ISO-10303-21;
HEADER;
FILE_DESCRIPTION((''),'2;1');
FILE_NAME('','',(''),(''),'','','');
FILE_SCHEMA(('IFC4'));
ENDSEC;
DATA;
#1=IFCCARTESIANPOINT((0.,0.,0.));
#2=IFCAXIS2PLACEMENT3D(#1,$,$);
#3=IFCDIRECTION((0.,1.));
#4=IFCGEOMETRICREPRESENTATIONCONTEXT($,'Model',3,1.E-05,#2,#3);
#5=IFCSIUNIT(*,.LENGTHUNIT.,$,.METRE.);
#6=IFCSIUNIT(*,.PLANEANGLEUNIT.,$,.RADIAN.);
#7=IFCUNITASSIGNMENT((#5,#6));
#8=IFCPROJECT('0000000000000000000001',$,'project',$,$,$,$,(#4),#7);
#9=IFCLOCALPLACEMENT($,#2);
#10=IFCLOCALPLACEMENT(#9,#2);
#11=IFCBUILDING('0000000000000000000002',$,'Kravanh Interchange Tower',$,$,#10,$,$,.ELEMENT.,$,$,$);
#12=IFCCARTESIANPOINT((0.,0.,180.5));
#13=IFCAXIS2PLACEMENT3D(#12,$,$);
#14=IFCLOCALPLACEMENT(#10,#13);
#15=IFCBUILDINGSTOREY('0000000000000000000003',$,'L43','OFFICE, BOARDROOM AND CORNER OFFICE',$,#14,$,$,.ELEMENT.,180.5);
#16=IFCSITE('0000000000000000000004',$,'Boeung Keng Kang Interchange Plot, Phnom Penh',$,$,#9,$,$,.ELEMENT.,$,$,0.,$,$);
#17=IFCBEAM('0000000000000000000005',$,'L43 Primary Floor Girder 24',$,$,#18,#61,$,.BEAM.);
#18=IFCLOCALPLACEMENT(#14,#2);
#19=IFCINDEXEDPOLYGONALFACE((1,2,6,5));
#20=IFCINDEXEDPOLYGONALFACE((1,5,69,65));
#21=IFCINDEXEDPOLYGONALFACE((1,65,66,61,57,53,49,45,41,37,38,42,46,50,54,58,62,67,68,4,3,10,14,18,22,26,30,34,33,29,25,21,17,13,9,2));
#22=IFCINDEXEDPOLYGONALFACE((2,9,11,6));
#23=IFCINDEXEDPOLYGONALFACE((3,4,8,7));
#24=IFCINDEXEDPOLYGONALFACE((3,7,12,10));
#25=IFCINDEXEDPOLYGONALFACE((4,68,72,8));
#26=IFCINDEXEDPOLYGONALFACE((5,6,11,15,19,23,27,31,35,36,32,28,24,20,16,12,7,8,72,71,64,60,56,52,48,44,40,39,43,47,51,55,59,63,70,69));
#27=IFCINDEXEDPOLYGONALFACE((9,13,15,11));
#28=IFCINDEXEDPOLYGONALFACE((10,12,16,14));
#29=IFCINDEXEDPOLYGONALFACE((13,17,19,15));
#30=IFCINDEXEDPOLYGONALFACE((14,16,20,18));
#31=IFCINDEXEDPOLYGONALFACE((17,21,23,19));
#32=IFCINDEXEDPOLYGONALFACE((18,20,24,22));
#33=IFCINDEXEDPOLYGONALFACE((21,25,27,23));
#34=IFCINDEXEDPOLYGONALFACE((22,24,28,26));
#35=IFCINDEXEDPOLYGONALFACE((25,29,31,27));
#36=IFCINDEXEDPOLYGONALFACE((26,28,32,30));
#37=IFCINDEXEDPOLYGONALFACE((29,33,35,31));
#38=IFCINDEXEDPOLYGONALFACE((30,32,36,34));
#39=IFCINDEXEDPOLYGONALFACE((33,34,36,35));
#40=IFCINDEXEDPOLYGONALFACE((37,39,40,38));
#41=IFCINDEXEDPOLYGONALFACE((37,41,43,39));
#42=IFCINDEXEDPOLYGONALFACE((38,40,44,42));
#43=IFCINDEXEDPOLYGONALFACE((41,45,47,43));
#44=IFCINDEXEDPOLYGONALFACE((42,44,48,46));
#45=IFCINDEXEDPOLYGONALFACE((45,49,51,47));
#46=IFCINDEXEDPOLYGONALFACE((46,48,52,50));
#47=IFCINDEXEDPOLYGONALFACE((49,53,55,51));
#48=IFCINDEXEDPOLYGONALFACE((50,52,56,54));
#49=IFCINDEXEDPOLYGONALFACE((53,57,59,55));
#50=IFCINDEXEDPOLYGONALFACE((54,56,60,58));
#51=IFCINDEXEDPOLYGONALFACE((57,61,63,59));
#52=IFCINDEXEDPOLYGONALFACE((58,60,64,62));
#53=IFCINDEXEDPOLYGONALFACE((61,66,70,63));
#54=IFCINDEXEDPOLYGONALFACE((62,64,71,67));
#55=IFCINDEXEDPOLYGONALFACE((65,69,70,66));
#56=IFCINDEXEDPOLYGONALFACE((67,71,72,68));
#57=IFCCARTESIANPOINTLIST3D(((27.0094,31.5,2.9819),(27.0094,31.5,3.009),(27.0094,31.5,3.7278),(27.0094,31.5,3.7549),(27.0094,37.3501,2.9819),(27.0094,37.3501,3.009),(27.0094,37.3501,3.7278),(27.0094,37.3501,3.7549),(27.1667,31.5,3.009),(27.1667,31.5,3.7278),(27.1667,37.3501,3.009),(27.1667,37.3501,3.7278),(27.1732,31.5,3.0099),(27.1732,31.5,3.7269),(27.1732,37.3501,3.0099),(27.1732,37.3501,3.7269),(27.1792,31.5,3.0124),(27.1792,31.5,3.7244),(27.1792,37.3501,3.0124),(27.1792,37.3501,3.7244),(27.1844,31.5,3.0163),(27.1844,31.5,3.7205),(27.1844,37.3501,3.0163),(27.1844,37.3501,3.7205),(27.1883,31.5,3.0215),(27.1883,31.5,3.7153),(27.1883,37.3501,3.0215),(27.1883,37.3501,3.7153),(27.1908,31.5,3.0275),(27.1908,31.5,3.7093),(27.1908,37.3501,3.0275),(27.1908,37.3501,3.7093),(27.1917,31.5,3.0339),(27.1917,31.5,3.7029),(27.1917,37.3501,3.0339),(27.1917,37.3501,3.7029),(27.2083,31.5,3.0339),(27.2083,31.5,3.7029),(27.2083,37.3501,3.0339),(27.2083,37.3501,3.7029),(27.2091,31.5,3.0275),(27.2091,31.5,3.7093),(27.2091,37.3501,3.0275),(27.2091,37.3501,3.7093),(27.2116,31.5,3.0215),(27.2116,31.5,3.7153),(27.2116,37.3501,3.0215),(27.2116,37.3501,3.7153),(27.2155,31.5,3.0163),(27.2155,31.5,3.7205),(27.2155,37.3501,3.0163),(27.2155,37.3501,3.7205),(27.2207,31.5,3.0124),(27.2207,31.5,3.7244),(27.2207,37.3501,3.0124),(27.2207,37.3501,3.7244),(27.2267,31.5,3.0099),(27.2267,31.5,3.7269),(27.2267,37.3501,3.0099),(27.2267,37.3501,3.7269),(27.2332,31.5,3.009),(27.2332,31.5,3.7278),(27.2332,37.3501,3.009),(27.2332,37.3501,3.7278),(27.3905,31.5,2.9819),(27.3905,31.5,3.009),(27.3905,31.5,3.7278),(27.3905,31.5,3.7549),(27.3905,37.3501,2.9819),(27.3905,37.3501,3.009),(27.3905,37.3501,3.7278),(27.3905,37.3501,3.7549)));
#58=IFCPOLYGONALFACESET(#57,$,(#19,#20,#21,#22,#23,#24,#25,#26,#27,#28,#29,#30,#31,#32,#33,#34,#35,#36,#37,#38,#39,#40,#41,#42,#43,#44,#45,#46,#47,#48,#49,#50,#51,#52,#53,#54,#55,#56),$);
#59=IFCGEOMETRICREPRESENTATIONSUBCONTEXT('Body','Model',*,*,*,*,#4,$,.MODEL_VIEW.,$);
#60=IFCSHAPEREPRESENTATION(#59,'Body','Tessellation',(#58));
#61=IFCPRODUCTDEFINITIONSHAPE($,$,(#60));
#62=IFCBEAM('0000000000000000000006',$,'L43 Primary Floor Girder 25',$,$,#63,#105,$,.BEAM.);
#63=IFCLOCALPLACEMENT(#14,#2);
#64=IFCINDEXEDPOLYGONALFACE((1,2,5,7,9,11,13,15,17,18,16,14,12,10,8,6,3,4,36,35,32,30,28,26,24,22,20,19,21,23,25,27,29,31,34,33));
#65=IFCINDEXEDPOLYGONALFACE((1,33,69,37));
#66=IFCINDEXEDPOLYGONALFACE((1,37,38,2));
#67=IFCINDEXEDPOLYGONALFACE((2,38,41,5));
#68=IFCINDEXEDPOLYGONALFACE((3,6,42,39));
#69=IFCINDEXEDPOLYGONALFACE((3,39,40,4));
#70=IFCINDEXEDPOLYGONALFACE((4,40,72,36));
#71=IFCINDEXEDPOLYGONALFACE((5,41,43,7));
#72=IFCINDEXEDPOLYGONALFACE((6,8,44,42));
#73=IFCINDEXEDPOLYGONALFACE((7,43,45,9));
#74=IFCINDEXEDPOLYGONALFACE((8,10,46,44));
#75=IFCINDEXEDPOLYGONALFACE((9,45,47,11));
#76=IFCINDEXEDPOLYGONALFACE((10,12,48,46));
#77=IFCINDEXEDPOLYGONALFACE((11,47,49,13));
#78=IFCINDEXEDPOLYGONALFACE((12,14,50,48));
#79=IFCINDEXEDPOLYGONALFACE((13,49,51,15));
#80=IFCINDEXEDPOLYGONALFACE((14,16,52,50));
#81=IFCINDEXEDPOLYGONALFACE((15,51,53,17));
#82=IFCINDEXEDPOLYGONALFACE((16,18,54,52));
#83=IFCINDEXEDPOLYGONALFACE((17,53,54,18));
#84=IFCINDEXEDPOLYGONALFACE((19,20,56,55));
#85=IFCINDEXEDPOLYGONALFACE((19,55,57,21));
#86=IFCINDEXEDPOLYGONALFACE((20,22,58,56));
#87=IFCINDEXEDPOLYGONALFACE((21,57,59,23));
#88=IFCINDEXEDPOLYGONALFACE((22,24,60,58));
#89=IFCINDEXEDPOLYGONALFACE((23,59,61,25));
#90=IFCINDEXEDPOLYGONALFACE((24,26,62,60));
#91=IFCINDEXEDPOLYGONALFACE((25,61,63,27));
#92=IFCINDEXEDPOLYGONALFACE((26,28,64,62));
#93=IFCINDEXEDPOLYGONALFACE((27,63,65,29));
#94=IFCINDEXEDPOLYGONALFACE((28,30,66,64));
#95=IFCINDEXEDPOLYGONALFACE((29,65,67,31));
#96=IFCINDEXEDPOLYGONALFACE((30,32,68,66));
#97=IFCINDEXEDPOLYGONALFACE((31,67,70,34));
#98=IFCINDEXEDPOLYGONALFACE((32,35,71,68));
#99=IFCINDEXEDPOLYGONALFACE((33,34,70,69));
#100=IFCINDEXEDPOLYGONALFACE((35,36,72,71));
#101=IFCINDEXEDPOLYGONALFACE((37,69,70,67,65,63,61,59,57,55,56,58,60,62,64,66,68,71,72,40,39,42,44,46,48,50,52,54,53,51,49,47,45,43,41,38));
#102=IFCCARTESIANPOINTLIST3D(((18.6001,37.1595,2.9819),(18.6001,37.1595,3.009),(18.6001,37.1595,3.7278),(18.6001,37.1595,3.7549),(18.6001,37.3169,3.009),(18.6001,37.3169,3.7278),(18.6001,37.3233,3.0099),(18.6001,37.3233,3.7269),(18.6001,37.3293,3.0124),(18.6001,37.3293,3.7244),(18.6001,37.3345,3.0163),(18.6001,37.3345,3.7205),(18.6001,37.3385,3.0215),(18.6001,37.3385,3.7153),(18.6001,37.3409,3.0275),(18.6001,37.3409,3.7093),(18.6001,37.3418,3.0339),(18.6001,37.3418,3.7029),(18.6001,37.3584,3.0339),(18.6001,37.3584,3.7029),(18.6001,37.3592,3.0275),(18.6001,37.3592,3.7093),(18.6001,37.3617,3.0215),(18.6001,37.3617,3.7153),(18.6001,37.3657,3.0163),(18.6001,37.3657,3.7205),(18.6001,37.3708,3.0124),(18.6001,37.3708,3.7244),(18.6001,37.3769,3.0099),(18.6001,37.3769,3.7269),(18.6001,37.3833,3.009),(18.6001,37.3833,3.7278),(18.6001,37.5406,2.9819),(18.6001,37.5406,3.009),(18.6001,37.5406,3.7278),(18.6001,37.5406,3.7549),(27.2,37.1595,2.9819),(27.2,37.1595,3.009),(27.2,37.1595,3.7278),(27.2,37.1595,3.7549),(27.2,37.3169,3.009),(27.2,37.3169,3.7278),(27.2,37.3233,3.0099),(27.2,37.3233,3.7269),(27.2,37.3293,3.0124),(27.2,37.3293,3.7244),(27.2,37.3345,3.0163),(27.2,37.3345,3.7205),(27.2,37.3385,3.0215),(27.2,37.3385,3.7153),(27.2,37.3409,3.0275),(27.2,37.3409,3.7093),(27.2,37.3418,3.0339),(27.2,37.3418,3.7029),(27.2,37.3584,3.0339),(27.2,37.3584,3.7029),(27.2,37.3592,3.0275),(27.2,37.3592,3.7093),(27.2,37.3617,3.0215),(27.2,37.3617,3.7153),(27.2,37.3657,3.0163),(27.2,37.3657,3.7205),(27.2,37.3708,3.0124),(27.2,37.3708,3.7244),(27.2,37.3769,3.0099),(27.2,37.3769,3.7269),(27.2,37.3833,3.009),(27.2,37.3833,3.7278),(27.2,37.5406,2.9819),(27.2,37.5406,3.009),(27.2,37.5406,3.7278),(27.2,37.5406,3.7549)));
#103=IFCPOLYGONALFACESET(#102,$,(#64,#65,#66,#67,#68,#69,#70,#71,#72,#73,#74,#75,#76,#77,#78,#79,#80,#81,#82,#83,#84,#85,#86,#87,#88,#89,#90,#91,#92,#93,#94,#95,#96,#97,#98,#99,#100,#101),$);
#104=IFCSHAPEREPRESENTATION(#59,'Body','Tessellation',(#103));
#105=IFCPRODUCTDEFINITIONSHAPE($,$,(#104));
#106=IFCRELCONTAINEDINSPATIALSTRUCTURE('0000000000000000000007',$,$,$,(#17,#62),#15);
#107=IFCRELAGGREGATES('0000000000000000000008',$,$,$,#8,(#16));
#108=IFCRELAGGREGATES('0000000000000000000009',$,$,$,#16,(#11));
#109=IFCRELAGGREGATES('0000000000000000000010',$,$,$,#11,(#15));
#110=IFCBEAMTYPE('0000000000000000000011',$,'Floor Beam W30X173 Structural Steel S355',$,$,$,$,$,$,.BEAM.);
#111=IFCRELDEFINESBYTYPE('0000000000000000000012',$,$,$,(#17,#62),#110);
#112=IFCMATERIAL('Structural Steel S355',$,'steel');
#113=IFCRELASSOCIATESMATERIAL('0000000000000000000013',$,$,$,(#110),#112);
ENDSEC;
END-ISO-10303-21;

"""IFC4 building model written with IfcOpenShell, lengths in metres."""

from ifc_helpers import new_model, si_unit, direction, frame, origin, origin_2d, place, context, subcontext, project, spatial, i_section, extrude, material, material_profile, profile_set, type_object, element, save


model = new_model("IFC4")

# Units and contexts
model_context = context("Model", 3, precision=1e-05, world=origin(), true_north=direction((0.0, 1.0)))
body_context = subcontext(model_context, "Body", "Model", "MODEL_VIEW")
ifc_project = project(units=[si_unit("LENGTHUNIT", "METRE"), si_unit("PLANEANGLEUNIT", "RADIAN")], contexts=[model_context])

# Site, building, storey
site_placement = place(None, origin())
site = spatial("IfcSite", under=ifc_project, at=site_placement, Name="Boeung Keng Kang Interchange Plot, Phnom Penh", CompositionType="ELEMENT", RefElevation=0.0)
building_placement = place(site_placement, origin())
building = spatial("IfcBuilding", under=site, at=building_placement, Name="Kravanh Interchange Tower", CompositionType="ELEMENT")
storey_placement = place(building_placement, frame((0.0, 0.0, 180.5)))
storey = spatial("IfcBuildingStorey", under=building, at=storey_placement, Name="L43", Description="OFFICE, BOARDROOM AND CORNER OFFICE", CompositionType="ELEMENT", Elevation=180.5)

# Beams
ifc_material_1 = material(Name="Structural Steel S355", Category="steel")
ifc_material_profile_1 = material_profile(ifc_material_1, i_section(OverallWidth=0.3811, OverallDepth=0.7729, WebThickness=0.0166, FlangeThickness=0.0271, FilletRadius=0.0249, at=origin_2d()), Name="W30X173")
ifc_profile_set_1 = profile_set([ifc_material_profile_1], Name="Structural Steel S355")
beam_type = type_object("IfcBeamType", Name="Floor Beam W30X173 Structural Steel S355", PredefinedType="BEAM", material=ifc_profile_set_1)
beam_1_placement = place(storey_placement, frame((27.2, 37.3501, 3.3684), z_axis=(0.0, -1.0, 0.0), x_axis=(1.0, 0.0, 0.0)))
element("IfcBeam", 1, at=beam_1_placement, inside=storey, type_object=beam_type, Name="L43 Primary Floor Girder 24", PredefinedType="BEAM", context=body_context, shape_type="SweptSolid", body=[
    extrude(i_section(OverallWidth=0.3811, OverallDepth=0.7729, WebThickness=0.0166, FlangeThickness=0.0271, FilletRadius=0.0249, at=origin_2d()), origin(), (0.0, 0.0, 1.0), 5.8501),
])
beam_2_placement = place(storey_placement, frame((27.2, 37.3501, 3.3684), z_axis=(-1.0, 0.0, 0.0), x_axis=(0.0, -1.0, 0.0)))
element("IfcBeam", 2, at=beam_2_placement, inside=storey, type_object=beam_type, Name="L43 Primary Floor Girder 25", PredefinedType="BEAM", context=body_context, shape_type="SweptSolid", body=[
    extrude(i_section(OverallWidth=0.3811, OverallDepth=0.7729, WebThickness=0.0166, FlangeThickness=0.0271, FilletRadius=0.0249, at=origin_2d()), origin(), (0.0, 0.0, 1.0), 8.5999),
])

save(model, "model.ifc")
